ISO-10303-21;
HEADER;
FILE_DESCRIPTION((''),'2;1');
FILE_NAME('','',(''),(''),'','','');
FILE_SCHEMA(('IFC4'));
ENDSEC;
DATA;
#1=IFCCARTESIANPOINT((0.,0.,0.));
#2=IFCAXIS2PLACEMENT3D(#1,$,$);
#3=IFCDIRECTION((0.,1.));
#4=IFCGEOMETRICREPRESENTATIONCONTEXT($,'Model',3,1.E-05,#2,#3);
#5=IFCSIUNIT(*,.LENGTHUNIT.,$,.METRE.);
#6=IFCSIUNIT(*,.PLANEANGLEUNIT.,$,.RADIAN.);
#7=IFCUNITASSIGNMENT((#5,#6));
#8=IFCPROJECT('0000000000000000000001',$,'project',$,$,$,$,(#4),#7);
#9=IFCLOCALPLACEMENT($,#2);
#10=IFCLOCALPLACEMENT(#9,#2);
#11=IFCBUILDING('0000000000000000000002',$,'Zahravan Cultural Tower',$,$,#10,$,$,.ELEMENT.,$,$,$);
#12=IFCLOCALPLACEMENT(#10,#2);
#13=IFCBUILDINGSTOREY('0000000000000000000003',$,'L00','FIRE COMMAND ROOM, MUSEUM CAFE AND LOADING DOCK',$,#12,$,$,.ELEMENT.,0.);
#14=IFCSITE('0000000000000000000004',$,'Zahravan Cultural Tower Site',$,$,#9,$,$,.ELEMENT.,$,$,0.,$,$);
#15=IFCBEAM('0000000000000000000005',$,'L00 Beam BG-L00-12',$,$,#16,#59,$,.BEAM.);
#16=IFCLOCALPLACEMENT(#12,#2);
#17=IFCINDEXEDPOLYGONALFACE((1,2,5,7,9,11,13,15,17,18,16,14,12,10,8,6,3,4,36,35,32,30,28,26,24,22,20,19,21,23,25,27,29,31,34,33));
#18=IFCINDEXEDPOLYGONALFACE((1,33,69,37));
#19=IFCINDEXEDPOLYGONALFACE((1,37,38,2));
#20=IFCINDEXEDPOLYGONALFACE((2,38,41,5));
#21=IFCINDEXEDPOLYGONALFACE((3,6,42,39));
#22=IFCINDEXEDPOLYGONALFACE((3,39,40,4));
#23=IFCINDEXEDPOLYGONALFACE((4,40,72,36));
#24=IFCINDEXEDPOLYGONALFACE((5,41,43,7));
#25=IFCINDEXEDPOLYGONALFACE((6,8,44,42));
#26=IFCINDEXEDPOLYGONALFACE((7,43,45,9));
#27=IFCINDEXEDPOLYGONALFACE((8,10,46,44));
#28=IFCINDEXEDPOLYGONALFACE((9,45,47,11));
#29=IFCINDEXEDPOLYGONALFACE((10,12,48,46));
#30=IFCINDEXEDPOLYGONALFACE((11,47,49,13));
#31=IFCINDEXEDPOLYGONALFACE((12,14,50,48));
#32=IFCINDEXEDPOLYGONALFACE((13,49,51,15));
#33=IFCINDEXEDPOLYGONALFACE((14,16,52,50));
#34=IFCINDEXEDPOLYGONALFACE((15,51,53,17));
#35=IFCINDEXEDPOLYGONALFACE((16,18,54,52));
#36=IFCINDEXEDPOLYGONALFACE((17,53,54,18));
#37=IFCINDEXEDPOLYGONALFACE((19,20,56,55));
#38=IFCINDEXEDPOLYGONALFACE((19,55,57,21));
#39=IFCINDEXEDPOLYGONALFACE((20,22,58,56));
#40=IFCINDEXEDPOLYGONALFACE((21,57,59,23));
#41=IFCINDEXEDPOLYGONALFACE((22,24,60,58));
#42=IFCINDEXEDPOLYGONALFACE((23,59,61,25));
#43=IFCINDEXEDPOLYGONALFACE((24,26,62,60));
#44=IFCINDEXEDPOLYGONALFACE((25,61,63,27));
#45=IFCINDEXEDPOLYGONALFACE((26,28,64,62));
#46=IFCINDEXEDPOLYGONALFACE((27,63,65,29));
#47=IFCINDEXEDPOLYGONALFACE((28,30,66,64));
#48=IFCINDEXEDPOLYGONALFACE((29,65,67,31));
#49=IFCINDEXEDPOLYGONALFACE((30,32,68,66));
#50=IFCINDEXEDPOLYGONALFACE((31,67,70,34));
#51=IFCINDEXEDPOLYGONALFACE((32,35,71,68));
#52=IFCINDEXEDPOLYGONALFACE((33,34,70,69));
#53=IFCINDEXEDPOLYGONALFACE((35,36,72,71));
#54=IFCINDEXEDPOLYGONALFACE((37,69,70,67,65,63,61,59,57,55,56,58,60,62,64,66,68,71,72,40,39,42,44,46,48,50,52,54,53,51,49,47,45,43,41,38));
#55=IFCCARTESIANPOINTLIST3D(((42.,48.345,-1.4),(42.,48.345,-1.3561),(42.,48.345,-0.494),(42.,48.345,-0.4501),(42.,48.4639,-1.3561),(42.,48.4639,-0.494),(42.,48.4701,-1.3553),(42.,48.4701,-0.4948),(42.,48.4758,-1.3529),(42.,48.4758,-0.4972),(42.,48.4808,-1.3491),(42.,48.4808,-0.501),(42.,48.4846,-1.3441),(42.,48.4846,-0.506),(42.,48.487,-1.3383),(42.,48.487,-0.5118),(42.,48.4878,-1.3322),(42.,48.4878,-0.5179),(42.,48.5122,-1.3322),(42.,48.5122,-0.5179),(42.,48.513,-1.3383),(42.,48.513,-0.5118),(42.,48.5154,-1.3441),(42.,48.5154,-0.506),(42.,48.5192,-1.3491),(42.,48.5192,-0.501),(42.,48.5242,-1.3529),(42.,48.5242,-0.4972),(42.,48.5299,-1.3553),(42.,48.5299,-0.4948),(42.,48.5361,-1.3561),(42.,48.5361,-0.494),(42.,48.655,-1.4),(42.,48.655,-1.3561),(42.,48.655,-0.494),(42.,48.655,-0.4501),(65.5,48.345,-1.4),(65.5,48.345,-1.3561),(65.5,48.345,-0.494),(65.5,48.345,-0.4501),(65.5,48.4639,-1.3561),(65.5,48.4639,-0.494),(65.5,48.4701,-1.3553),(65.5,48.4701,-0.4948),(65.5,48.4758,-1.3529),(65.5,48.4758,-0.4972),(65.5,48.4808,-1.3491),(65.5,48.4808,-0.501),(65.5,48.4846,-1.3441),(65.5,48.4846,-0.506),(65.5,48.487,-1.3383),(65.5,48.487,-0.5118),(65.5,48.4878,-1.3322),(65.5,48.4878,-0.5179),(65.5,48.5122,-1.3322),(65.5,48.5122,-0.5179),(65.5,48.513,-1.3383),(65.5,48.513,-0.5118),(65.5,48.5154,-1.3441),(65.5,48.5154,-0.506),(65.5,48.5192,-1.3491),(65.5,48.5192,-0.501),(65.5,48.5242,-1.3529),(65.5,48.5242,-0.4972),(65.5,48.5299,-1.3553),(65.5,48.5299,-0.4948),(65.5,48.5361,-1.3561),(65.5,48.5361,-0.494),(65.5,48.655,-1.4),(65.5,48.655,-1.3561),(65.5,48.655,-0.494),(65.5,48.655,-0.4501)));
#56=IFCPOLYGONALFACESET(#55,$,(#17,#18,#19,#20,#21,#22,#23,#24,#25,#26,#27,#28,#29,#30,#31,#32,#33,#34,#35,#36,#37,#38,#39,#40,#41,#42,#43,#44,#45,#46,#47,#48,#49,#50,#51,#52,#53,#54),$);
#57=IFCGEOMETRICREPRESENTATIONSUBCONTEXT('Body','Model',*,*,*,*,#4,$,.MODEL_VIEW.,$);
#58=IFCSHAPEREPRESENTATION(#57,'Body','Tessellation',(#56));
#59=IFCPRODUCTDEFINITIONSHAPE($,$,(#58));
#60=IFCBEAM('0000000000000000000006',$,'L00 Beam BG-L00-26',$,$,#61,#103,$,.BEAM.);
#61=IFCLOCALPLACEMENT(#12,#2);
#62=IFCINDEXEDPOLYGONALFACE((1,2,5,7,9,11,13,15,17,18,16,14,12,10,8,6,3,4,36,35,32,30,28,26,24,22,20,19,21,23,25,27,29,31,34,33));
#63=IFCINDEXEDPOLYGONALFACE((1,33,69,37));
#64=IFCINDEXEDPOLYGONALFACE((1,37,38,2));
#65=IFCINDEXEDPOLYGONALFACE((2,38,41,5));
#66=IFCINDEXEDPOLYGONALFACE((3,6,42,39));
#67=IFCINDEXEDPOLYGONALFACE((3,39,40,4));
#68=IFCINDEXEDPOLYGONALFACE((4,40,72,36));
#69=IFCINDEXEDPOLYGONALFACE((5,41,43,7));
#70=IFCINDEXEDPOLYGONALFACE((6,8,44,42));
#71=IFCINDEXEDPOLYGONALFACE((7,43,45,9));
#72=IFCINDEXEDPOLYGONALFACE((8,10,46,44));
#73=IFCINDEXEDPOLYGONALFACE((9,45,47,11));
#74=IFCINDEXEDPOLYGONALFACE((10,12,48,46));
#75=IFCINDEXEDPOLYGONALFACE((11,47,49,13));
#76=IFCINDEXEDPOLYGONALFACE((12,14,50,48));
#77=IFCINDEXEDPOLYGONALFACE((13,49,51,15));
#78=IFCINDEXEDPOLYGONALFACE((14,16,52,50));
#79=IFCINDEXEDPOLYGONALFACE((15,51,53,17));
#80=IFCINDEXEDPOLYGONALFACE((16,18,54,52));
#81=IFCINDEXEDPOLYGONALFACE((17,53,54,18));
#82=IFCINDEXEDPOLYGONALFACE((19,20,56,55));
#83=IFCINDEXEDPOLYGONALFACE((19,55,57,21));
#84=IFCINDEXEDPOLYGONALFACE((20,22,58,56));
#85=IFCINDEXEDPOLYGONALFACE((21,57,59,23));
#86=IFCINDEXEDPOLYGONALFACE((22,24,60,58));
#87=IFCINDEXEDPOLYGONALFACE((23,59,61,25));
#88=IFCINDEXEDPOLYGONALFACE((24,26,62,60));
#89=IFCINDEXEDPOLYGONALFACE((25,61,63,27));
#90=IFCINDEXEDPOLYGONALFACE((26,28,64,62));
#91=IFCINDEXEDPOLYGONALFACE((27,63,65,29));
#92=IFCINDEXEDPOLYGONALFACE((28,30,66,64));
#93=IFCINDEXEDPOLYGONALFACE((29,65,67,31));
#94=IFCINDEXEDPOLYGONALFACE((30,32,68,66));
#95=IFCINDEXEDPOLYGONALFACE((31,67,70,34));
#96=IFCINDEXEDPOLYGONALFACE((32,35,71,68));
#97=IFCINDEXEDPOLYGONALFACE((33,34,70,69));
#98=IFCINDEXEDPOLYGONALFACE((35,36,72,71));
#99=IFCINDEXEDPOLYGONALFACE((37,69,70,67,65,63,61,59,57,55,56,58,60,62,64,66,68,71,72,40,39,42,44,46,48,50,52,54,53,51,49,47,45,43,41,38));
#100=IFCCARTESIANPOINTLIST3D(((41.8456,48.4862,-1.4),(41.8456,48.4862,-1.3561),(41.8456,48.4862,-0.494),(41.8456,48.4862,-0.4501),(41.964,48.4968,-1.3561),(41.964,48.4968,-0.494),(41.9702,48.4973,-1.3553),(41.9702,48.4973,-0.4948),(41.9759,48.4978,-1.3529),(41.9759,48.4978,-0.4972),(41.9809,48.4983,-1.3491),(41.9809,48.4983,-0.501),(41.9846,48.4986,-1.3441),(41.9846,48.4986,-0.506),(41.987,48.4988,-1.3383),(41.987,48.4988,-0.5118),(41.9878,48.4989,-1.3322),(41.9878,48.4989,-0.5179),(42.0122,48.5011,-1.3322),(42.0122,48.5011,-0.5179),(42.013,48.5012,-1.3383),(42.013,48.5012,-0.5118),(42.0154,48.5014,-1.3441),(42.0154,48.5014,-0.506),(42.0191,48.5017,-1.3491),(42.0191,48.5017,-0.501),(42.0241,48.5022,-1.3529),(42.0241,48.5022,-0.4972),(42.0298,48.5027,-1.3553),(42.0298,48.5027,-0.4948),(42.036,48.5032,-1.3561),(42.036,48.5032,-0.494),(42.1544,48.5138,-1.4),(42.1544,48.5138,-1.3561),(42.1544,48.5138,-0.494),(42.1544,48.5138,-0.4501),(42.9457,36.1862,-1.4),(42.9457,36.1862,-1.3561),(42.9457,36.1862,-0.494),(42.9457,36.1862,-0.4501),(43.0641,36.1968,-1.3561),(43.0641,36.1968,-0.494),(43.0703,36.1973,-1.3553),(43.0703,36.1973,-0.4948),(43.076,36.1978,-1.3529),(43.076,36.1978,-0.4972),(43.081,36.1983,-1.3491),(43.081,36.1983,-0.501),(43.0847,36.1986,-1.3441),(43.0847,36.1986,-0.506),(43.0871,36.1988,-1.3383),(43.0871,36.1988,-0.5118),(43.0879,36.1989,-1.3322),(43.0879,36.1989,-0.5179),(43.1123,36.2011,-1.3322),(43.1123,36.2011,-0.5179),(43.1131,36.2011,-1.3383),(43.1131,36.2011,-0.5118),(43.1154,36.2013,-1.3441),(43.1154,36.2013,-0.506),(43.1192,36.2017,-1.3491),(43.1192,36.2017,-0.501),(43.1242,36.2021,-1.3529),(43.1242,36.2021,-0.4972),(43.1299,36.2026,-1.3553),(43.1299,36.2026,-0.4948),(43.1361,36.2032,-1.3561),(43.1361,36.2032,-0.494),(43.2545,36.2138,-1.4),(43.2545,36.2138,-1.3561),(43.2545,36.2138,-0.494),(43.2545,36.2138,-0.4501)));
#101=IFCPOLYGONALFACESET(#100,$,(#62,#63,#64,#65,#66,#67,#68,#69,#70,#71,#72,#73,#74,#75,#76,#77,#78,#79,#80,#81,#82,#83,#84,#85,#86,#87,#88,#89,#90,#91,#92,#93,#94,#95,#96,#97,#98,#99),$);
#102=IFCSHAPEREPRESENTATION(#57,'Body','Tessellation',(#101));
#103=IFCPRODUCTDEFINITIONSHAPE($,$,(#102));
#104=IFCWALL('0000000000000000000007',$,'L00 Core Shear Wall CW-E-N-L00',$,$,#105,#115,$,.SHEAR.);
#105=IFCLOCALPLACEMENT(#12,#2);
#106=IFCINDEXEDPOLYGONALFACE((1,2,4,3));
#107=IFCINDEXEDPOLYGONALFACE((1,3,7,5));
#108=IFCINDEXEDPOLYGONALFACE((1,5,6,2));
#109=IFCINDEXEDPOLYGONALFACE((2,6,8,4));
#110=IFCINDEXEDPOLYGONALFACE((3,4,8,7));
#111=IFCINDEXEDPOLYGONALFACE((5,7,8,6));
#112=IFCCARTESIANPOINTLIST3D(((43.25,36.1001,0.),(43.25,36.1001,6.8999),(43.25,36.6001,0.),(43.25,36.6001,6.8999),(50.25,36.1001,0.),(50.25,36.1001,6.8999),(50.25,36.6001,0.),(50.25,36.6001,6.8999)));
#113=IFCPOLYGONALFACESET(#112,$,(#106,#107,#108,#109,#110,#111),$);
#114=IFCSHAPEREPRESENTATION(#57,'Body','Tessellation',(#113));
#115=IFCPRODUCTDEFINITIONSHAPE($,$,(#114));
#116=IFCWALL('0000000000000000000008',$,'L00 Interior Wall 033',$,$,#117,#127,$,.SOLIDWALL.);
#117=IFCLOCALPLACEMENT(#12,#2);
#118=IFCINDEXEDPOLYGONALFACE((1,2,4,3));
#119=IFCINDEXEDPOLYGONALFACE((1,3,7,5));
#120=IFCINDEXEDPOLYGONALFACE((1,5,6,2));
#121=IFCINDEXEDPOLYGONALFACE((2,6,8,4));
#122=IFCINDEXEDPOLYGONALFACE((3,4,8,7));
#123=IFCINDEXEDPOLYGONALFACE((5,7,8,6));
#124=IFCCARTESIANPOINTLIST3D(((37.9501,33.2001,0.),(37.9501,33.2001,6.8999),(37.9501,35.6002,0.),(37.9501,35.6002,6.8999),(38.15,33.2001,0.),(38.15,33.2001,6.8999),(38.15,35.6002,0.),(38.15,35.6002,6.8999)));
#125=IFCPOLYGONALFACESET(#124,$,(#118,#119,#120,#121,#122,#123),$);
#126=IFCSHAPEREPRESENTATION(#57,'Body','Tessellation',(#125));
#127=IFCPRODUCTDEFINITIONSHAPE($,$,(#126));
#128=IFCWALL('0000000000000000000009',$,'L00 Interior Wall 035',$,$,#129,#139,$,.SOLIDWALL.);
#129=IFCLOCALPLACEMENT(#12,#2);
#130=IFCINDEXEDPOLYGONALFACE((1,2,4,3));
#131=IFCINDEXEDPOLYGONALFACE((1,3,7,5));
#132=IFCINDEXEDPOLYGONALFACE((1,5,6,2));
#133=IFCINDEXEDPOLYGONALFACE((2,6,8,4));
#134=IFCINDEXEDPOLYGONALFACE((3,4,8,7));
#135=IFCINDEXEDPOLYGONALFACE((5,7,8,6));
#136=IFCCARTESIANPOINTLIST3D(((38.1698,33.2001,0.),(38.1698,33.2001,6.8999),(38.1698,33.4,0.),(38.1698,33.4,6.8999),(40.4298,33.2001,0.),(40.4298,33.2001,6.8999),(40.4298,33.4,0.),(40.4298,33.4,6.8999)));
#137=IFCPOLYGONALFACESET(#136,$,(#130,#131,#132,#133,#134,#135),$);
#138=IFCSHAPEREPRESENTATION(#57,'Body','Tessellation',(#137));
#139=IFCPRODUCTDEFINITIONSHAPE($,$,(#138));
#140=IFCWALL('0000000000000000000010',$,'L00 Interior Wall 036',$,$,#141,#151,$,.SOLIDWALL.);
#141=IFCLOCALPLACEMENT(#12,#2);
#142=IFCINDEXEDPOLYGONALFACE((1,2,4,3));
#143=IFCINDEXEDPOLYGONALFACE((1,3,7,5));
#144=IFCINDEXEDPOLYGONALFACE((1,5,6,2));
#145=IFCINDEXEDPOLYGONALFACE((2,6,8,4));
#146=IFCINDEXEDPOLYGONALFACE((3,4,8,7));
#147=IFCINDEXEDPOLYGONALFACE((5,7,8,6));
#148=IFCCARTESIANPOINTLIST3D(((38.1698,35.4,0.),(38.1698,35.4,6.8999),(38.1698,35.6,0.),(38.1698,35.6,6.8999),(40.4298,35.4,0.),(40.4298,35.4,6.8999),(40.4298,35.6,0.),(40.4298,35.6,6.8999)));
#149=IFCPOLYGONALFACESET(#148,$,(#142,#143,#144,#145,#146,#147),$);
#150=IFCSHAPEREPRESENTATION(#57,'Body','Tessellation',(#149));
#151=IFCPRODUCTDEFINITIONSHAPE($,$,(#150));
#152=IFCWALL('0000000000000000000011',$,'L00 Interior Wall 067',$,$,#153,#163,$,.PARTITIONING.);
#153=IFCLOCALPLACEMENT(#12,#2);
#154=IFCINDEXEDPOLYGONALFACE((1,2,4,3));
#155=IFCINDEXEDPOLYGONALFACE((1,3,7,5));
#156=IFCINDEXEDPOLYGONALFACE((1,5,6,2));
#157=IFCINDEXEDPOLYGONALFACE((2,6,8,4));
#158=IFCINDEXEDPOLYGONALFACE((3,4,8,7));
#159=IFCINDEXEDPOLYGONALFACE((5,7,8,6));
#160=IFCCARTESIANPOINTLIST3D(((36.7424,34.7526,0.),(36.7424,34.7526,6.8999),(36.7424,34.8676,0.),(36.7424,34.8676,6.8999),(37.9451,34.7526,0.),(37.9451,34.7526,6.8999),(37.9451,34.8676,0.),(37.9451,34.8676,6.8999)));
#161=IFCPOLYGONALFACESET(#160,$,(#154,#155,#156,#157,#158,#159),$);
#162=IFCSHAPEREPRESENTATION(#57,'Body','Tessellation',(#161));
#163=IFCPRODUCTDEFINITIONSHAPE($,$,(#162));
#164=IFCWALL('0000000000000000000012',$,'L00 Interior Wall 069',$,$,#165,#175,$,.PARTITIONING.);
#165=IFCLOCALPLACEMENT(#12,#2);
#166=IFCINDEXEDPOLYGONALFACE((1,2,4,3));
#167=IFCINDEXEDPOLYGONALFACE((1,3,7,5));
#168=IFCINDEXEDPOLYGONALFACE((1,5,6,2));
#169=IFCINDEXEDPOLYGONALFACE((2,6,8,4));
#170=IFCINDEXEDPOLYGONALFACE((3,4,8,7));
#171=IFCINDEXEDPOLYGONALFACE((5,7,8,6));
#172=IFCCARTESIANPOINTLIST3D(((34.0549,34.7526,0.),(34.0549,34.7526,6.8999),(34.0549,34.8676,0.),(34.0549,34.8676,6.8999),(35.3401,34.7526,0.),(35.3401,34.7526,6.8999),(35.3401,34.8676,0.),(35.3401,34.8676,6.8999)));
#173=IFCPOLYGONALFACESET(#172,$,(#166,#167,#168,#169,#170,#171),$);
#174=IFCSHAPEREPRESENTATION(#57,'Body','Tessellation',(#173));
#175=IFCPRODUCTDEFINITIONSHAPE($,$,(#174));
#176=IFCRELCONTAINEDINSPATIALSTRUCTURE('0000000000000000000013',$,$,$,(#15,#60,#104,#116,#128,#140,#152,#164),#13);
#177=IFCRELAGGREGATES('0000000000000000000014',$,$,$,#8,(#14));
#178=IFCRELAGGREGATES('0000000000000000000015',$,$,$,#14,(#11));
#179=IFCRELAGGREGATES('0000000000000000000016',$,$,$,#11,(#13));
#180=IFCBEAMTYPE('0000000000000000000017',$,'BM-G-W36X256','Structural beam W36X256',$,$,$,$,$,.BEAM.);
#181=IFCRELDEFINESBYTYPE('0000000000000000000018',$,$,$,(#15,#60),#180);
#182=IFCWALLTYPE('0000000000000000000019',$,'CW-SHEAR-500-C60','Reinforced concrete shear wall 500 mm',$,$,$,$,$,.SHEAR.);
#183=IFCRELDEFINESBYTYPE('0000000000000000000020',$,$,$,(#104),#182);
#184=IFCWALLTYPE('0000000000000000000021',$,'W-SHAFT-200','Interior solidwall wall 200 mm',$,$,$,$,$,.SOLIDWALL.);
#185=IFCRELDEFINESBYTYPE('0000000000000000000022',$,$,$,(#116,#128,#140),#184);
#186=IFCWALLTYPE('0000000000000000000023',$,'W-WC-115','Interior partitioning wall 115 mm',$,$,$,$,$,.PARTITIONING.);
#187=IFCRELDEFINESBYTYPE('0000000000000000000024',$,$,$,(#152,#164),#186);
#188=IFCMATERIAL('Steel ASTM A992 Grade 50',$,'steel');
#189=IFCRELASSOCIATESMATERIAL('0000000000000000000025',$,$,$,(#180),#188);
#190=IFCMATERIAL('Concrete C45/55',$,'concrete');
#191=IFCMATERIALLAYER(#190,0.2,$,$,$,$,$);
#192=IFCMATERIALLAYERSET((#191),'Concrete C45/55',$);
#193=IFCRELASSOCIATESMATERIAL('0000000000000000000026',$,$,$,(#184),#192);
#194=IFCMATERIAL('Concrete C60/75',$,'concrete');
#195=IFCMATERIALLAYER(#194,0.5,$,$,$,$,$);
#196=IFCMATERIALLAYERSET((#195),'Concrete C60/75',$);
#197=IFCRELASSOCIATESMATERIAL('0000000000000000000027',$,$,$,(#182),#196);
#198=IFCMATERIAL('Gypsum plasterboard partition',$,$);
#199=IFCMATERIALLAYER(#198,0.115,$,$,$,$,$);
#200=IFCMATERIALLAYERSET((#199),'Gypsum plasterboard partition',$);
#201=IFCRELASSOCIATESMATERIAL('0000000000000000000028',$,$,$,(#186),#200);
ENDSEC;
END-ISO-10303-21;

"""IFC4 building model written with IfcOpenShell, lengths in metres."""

from ifc_helpers import new_model, si_unit, direction, frame, frame_2d, origin, origin_2d, place, context, subcontext, project, spatial, rectangle, i_section, extrude, source, transform, mapped, material, layer, layer_set, material_profile, profile_set, type_object, element, save


model = new_model("IFC4")

# Units and contexts
model_context = context("Model", 3, precision=1e-05, world=origin(), true_north=direction((0.0, 1.0)))
body_context = subcontext(model_context, "Body", "Model", "MODEL_VIEW")
ifc_project = project(units=[si_unit("LENGTHUNIT", "METRE"), si_unit("PLANEANGLEUNIT", "RADIAN")], contexts=[model_context])

# Site, building, storey
site_placement = place(None, origin())
site = spatial("IfcSite", under=ifc_project, at=site_placement, Name="Zahravan Cultural Tower Site", CompositionType="ELEMENT", RefElevation=0.0)
building_placement = place(site_placement, origin())
building = spatial("IfcBuilding", under=site, at=building_placement, Name="Zahravan Cultural Tower", CompositionType="ELEMENT")
storey_placement = place(building_placement, origin())
storey = spatial("IfcBuildingStorey", under=building, at=storey_placement, Name="L00", Description="FIRE COMMAND ROOM, MUSEUM CAFE AND LOADING DOCK", CompositionType="ELEMENT", Elevation=0.0)

# Shared definitions
ifc_material_1 = material(Name="Concrete C60/75", Category="concrete")

# Beams
ifc_material_2 = material(Name="Steel ASTM A992 Grade 50", Category="steel")
ifc_material_profile_1 = material_profile(ifc_material_2, i_section(OverallWidth=0.3101, OverallDepth=0.95, WebThickness=0.0244, FlangeThickness=0.0439, FilletRadius=0.0239, at=origin_2d()), Name="W36X256")
ifc_profile_set_1 = profile_set([ifc_material_profile_1], Name="Steel ASTM A992 Grade 50")
beam_type_1 = type_object("IfcBeamType", Name="BM-G-W36X256", Description="Structural beam W36X256", PredefinedType="BEAM", material=ifc_profile_set_1)
shared_shape_1 = source(origin(), body_context, "Body", "SweptSolid", [
    extrude(i_section(OverallWidth=0.3101, OverallDepth=0.95, WebThickness=0.0244, FlangeThickness=0.0439, FilletRadius=0.0239, at=origin_2d()), origin(), (0.0, 0.0, 1.0), 23.5),
])
beam_1_placement = place(storey_placement, frame((42.0, 48.5, -0.925), z_axis=(1.0, 0.0, 0.0), x_axis=(0.0, 1.0, 0.0)))
element("IfcBeam", 1, at=beam_1_placement, inside=storey, type_object=beam_type_1, Name="L00 Beam BG-L00-12", PredefinedType="BEAM", context=body_context, shape_type="MappedRepresentation", body=[
    mapped(shared_shape_1, transform((0.0, 0.0, 0.0), x_axis=(1.0, 0.0, 0.0), y_axis=(0.0, 1.0, 0.0), z_axis=(0.0, 0.0, 1.0), scale=1.0)),
])
shared_shape_2 = source(origin(), body_context, "Body", "SweptSolid", [
    extrude(i_section(OverallWidth=0.3101, OverallDepth=0.95, WebThickness=0.0244, FlangeThickness=0.0439, FilletRadius=0.0239, at=origin_2d()), origin(), (0.0, 0.0, 1.0), 12.3491),
])
beam_2_placement = place(storey_placement, frame((42.0, 48.5, -0.925), z_axis=(0.089083, -0.996024, 0.0), x_axis=(0.996024, 0.089083, 0.0)))
element("IfcBeam", 2, at=beam_2_placement, inside=storey, type_object=beam_type_1, Name="L00 Beam BG-L00-26", PredefinedType="BEAM", context=body_context, shape_type="MappedRepresentation", body=[
    mapped(shared_shape_2, transform((0.0, 0.0, 0.0), x_axis=(1.0, 0.0, 0.0), y_axis=(0.0, 1.0, 0.0), z_axis=(0.0, 0.0, 1.0), scale=1.0)),
])

# Shared definitions
ifc_material_3 = material(Name="Concrete C45/55", Category="concrete")
ifc_layer_1 = layer(ifc_material_3, 0.2)
ifc_layer_set_1 = layer_set([ifc_layer_1], Name="Concrete C45/55")
wall_type_1 = type_object("IfcWallType", Name="W-SHAFT-200", Description="Interior solidwall wall 200 mm", PredefinedType="SOLIDWALL", material=ifc_layer_set_1)

# Walls
ifc_layer_2 = layer(ifc_material_1, 0.5)
ifc_layer_set_2 = layer_set([ifc_layer_2], Name="Concrete C60/75")
wall_type_2 = type_object("IfcWallType", Name="CW-SHEAR-500-C60", Description="Reinforced concrete shear wall 500 mm", PredefinedType="SHEAR", material=ifc_layer_set_2)
shared_shape_3 = source(origin(), body_context, "Body", "SweptSolid", [
    extrude(rectangle(XDim=7.0, YDim=0.5, at=frame_2d((3.5, 0.0))), origin(), (0.0, 0.0, 1.0), 6.8999),
])
wall_1_placement = place(storey_placement, frame((43.25, 36.3501, 0.0), z_axis=(0.0, 0.0, 1.0), x_axis=(1.0, 0.0, 0.0)))
element("IfcWall", 3, at=wall_1_placement, inside=storey, type_object=wall_type_2, Name="L00 Core Shear Wall CW-E-N-L00", PredefinedType="SHEAR", context=body_context, shape_type="MappedRepresentation", body=[
    mapped(shared_shape_3, transform((0.0, 0.0, 0.0), x_axis=(1.0, 0.0, 0.0), y_axis=(0.0, 1.0, 0.0), z_axis=(0.0, 0.0, 1.0), scale=1.0)),
])
shared_shape_4 = source(origin(), body_context, "Body", "SweptSolid", [
    extrude(rectangle(XDim=2.4001, YDim=0.2, at=frame_2d((1.2002, 0.0))), origin(), (0.0, 0.0, 1.0), 6.8999),
])
wall_2_placement = place(storey_placement, frame((38.05, 33.2, 0.0), z_axis=(0.0, 0.0, 1.0), x_axis=(0.0, 1.0, 0.0)))
element("IfcWall", 4, at=wall_2_placement, inside=storey, type_object=wall_type_1, Name="L00 Interior Wall 033", PredefinedType="SOLIDWALL", context=body_context, shape_type="MappedRepresentation", body=[
    mapped(shared_shape_4, transform((0.0, 0.0, 0.0), x_axis=(1.0, 0.0, 0.0), y_axis=(0.0, 1.0, 0.0), z_axis=(0.0, 0.0, 1.0), scale=1.0)),
])
shared_shape_5 = source(origin(), body_context, "Body", "SweptSolid", [
    extrude(rectangle(XDim=2.26, YDim=0.2, at=frame_2d((1.1299, 0.0))), origin(), (0.0, 0.0, 1.0), 6.8999),
])
for number, where, z_axis, x_axis, name in (
    (5, (38.1699, 33.3, 0.0), (0.0, 0.0, 1.0), (1.0, 0.0, 0.0), "L00 Interior Wall 035"),
    (6, (38.1699, 35.5, 0.0), (0.0, 0.0, 1.0), (1.0, 0.0, 0.0), "L00 Interior Wall 036"),
):
    element("IfcWall", number, at=place(storey_placement, frame(where, z_axis=z_axis, x_axis=x_axis)), inside=storey, type_object=wall_type_1, Name=name, PredefinedType="SOLIDWALL", context=body_context, shape_type="MappedRepresentation", body=[
        mapped(shared_shape_5, transform((0.0, 0.0, 0.0), x_axis=(1.0, 0.0, 0.0), y_axis=(0.0, 1.0, 0.0), z_axis=(0.0, 0.0, 1.0), scale=1.0)),
    ])
ifc_material_4 = material(Name="Gypsum plasterboard partition")
ifc_layer_3 = layer(ifc_material_4, 0.115)
ifc_layer_set_3 = layer_set([ifc_layer_3], Name="Gypsum plasterboard partition")
wall_type_3 = type_object("IfcWallType", Name="W-WC-115", Description="Interior partitioning wall 115 mm", PredefinedType="PARTITIONING", material=ifc_layer_set_3)
shared_shape_6 = source(origin(), body_context, "Body", "SweptSolid", [
    extrude(rectangle(XDim=1.2026, YDim=0.115, at=frame_2d((0.6013, 0.0))), origin(), (0.0, 0.0, 1.0), 6.8999),
])
wall_3_placement = place(storey_placement, frame((36.7424, 34.8101, 0.0), z_axis=(0.0, 0.0, 1.0), x_axis=(1.0, 0.0, 0.0)))
element("IfcWall", 7, at=wall_3_placement, inside=storey, type_object=wall_type_3, Name="L00 Interior Wall 067", PredefinedType="PARTITIONING", context=body_context, shape_type="MappedRepresentation", body=[
    mapped(shared_shape_6, transform((0.0, 0.0, 0.0), x_axis=(1.0, 0.0, 0.0), y_axis=(0.0, 1.0, 0.0), z_axis=(0.0, 0.0, 1.0), scale=1.0)),
])
shared_shape_7 = source(origin(), body_context, "Body", "SweptSolid", [
    extrude(rectangle(XDim=1.2852, YDim=0.115, at=frame_2d((0.6426, 0.0))), origin(), (0.0, 0.0, 1.0), 6.8999),
])
wall_4_placement = place(storey_placement, frame((34.0549, 34.8101, 0.0), z_axis=(0.0, 0.0, 1.0), x_axis=(1.0, 0.0, 0.0)))
element("IfcWall", 8, at=wall_4_placement, inside=storey, type_object=wall_type_3, Name="L00 Interior Wall 069", PredefinedType="PARTITIONING", context=body_context, shape_type="MappedRepresentation", body=[
    mapped(shared_shape_7, transform((0.0, 0.0, 0.0), x_axis=(1.0, 0.0, 0.0), y_axis=(0.0, 1.0, 0.0), z_axis=(0.0, 0.0, 1.0), scale=1.0)),
])

save(model, "model.ifc")
